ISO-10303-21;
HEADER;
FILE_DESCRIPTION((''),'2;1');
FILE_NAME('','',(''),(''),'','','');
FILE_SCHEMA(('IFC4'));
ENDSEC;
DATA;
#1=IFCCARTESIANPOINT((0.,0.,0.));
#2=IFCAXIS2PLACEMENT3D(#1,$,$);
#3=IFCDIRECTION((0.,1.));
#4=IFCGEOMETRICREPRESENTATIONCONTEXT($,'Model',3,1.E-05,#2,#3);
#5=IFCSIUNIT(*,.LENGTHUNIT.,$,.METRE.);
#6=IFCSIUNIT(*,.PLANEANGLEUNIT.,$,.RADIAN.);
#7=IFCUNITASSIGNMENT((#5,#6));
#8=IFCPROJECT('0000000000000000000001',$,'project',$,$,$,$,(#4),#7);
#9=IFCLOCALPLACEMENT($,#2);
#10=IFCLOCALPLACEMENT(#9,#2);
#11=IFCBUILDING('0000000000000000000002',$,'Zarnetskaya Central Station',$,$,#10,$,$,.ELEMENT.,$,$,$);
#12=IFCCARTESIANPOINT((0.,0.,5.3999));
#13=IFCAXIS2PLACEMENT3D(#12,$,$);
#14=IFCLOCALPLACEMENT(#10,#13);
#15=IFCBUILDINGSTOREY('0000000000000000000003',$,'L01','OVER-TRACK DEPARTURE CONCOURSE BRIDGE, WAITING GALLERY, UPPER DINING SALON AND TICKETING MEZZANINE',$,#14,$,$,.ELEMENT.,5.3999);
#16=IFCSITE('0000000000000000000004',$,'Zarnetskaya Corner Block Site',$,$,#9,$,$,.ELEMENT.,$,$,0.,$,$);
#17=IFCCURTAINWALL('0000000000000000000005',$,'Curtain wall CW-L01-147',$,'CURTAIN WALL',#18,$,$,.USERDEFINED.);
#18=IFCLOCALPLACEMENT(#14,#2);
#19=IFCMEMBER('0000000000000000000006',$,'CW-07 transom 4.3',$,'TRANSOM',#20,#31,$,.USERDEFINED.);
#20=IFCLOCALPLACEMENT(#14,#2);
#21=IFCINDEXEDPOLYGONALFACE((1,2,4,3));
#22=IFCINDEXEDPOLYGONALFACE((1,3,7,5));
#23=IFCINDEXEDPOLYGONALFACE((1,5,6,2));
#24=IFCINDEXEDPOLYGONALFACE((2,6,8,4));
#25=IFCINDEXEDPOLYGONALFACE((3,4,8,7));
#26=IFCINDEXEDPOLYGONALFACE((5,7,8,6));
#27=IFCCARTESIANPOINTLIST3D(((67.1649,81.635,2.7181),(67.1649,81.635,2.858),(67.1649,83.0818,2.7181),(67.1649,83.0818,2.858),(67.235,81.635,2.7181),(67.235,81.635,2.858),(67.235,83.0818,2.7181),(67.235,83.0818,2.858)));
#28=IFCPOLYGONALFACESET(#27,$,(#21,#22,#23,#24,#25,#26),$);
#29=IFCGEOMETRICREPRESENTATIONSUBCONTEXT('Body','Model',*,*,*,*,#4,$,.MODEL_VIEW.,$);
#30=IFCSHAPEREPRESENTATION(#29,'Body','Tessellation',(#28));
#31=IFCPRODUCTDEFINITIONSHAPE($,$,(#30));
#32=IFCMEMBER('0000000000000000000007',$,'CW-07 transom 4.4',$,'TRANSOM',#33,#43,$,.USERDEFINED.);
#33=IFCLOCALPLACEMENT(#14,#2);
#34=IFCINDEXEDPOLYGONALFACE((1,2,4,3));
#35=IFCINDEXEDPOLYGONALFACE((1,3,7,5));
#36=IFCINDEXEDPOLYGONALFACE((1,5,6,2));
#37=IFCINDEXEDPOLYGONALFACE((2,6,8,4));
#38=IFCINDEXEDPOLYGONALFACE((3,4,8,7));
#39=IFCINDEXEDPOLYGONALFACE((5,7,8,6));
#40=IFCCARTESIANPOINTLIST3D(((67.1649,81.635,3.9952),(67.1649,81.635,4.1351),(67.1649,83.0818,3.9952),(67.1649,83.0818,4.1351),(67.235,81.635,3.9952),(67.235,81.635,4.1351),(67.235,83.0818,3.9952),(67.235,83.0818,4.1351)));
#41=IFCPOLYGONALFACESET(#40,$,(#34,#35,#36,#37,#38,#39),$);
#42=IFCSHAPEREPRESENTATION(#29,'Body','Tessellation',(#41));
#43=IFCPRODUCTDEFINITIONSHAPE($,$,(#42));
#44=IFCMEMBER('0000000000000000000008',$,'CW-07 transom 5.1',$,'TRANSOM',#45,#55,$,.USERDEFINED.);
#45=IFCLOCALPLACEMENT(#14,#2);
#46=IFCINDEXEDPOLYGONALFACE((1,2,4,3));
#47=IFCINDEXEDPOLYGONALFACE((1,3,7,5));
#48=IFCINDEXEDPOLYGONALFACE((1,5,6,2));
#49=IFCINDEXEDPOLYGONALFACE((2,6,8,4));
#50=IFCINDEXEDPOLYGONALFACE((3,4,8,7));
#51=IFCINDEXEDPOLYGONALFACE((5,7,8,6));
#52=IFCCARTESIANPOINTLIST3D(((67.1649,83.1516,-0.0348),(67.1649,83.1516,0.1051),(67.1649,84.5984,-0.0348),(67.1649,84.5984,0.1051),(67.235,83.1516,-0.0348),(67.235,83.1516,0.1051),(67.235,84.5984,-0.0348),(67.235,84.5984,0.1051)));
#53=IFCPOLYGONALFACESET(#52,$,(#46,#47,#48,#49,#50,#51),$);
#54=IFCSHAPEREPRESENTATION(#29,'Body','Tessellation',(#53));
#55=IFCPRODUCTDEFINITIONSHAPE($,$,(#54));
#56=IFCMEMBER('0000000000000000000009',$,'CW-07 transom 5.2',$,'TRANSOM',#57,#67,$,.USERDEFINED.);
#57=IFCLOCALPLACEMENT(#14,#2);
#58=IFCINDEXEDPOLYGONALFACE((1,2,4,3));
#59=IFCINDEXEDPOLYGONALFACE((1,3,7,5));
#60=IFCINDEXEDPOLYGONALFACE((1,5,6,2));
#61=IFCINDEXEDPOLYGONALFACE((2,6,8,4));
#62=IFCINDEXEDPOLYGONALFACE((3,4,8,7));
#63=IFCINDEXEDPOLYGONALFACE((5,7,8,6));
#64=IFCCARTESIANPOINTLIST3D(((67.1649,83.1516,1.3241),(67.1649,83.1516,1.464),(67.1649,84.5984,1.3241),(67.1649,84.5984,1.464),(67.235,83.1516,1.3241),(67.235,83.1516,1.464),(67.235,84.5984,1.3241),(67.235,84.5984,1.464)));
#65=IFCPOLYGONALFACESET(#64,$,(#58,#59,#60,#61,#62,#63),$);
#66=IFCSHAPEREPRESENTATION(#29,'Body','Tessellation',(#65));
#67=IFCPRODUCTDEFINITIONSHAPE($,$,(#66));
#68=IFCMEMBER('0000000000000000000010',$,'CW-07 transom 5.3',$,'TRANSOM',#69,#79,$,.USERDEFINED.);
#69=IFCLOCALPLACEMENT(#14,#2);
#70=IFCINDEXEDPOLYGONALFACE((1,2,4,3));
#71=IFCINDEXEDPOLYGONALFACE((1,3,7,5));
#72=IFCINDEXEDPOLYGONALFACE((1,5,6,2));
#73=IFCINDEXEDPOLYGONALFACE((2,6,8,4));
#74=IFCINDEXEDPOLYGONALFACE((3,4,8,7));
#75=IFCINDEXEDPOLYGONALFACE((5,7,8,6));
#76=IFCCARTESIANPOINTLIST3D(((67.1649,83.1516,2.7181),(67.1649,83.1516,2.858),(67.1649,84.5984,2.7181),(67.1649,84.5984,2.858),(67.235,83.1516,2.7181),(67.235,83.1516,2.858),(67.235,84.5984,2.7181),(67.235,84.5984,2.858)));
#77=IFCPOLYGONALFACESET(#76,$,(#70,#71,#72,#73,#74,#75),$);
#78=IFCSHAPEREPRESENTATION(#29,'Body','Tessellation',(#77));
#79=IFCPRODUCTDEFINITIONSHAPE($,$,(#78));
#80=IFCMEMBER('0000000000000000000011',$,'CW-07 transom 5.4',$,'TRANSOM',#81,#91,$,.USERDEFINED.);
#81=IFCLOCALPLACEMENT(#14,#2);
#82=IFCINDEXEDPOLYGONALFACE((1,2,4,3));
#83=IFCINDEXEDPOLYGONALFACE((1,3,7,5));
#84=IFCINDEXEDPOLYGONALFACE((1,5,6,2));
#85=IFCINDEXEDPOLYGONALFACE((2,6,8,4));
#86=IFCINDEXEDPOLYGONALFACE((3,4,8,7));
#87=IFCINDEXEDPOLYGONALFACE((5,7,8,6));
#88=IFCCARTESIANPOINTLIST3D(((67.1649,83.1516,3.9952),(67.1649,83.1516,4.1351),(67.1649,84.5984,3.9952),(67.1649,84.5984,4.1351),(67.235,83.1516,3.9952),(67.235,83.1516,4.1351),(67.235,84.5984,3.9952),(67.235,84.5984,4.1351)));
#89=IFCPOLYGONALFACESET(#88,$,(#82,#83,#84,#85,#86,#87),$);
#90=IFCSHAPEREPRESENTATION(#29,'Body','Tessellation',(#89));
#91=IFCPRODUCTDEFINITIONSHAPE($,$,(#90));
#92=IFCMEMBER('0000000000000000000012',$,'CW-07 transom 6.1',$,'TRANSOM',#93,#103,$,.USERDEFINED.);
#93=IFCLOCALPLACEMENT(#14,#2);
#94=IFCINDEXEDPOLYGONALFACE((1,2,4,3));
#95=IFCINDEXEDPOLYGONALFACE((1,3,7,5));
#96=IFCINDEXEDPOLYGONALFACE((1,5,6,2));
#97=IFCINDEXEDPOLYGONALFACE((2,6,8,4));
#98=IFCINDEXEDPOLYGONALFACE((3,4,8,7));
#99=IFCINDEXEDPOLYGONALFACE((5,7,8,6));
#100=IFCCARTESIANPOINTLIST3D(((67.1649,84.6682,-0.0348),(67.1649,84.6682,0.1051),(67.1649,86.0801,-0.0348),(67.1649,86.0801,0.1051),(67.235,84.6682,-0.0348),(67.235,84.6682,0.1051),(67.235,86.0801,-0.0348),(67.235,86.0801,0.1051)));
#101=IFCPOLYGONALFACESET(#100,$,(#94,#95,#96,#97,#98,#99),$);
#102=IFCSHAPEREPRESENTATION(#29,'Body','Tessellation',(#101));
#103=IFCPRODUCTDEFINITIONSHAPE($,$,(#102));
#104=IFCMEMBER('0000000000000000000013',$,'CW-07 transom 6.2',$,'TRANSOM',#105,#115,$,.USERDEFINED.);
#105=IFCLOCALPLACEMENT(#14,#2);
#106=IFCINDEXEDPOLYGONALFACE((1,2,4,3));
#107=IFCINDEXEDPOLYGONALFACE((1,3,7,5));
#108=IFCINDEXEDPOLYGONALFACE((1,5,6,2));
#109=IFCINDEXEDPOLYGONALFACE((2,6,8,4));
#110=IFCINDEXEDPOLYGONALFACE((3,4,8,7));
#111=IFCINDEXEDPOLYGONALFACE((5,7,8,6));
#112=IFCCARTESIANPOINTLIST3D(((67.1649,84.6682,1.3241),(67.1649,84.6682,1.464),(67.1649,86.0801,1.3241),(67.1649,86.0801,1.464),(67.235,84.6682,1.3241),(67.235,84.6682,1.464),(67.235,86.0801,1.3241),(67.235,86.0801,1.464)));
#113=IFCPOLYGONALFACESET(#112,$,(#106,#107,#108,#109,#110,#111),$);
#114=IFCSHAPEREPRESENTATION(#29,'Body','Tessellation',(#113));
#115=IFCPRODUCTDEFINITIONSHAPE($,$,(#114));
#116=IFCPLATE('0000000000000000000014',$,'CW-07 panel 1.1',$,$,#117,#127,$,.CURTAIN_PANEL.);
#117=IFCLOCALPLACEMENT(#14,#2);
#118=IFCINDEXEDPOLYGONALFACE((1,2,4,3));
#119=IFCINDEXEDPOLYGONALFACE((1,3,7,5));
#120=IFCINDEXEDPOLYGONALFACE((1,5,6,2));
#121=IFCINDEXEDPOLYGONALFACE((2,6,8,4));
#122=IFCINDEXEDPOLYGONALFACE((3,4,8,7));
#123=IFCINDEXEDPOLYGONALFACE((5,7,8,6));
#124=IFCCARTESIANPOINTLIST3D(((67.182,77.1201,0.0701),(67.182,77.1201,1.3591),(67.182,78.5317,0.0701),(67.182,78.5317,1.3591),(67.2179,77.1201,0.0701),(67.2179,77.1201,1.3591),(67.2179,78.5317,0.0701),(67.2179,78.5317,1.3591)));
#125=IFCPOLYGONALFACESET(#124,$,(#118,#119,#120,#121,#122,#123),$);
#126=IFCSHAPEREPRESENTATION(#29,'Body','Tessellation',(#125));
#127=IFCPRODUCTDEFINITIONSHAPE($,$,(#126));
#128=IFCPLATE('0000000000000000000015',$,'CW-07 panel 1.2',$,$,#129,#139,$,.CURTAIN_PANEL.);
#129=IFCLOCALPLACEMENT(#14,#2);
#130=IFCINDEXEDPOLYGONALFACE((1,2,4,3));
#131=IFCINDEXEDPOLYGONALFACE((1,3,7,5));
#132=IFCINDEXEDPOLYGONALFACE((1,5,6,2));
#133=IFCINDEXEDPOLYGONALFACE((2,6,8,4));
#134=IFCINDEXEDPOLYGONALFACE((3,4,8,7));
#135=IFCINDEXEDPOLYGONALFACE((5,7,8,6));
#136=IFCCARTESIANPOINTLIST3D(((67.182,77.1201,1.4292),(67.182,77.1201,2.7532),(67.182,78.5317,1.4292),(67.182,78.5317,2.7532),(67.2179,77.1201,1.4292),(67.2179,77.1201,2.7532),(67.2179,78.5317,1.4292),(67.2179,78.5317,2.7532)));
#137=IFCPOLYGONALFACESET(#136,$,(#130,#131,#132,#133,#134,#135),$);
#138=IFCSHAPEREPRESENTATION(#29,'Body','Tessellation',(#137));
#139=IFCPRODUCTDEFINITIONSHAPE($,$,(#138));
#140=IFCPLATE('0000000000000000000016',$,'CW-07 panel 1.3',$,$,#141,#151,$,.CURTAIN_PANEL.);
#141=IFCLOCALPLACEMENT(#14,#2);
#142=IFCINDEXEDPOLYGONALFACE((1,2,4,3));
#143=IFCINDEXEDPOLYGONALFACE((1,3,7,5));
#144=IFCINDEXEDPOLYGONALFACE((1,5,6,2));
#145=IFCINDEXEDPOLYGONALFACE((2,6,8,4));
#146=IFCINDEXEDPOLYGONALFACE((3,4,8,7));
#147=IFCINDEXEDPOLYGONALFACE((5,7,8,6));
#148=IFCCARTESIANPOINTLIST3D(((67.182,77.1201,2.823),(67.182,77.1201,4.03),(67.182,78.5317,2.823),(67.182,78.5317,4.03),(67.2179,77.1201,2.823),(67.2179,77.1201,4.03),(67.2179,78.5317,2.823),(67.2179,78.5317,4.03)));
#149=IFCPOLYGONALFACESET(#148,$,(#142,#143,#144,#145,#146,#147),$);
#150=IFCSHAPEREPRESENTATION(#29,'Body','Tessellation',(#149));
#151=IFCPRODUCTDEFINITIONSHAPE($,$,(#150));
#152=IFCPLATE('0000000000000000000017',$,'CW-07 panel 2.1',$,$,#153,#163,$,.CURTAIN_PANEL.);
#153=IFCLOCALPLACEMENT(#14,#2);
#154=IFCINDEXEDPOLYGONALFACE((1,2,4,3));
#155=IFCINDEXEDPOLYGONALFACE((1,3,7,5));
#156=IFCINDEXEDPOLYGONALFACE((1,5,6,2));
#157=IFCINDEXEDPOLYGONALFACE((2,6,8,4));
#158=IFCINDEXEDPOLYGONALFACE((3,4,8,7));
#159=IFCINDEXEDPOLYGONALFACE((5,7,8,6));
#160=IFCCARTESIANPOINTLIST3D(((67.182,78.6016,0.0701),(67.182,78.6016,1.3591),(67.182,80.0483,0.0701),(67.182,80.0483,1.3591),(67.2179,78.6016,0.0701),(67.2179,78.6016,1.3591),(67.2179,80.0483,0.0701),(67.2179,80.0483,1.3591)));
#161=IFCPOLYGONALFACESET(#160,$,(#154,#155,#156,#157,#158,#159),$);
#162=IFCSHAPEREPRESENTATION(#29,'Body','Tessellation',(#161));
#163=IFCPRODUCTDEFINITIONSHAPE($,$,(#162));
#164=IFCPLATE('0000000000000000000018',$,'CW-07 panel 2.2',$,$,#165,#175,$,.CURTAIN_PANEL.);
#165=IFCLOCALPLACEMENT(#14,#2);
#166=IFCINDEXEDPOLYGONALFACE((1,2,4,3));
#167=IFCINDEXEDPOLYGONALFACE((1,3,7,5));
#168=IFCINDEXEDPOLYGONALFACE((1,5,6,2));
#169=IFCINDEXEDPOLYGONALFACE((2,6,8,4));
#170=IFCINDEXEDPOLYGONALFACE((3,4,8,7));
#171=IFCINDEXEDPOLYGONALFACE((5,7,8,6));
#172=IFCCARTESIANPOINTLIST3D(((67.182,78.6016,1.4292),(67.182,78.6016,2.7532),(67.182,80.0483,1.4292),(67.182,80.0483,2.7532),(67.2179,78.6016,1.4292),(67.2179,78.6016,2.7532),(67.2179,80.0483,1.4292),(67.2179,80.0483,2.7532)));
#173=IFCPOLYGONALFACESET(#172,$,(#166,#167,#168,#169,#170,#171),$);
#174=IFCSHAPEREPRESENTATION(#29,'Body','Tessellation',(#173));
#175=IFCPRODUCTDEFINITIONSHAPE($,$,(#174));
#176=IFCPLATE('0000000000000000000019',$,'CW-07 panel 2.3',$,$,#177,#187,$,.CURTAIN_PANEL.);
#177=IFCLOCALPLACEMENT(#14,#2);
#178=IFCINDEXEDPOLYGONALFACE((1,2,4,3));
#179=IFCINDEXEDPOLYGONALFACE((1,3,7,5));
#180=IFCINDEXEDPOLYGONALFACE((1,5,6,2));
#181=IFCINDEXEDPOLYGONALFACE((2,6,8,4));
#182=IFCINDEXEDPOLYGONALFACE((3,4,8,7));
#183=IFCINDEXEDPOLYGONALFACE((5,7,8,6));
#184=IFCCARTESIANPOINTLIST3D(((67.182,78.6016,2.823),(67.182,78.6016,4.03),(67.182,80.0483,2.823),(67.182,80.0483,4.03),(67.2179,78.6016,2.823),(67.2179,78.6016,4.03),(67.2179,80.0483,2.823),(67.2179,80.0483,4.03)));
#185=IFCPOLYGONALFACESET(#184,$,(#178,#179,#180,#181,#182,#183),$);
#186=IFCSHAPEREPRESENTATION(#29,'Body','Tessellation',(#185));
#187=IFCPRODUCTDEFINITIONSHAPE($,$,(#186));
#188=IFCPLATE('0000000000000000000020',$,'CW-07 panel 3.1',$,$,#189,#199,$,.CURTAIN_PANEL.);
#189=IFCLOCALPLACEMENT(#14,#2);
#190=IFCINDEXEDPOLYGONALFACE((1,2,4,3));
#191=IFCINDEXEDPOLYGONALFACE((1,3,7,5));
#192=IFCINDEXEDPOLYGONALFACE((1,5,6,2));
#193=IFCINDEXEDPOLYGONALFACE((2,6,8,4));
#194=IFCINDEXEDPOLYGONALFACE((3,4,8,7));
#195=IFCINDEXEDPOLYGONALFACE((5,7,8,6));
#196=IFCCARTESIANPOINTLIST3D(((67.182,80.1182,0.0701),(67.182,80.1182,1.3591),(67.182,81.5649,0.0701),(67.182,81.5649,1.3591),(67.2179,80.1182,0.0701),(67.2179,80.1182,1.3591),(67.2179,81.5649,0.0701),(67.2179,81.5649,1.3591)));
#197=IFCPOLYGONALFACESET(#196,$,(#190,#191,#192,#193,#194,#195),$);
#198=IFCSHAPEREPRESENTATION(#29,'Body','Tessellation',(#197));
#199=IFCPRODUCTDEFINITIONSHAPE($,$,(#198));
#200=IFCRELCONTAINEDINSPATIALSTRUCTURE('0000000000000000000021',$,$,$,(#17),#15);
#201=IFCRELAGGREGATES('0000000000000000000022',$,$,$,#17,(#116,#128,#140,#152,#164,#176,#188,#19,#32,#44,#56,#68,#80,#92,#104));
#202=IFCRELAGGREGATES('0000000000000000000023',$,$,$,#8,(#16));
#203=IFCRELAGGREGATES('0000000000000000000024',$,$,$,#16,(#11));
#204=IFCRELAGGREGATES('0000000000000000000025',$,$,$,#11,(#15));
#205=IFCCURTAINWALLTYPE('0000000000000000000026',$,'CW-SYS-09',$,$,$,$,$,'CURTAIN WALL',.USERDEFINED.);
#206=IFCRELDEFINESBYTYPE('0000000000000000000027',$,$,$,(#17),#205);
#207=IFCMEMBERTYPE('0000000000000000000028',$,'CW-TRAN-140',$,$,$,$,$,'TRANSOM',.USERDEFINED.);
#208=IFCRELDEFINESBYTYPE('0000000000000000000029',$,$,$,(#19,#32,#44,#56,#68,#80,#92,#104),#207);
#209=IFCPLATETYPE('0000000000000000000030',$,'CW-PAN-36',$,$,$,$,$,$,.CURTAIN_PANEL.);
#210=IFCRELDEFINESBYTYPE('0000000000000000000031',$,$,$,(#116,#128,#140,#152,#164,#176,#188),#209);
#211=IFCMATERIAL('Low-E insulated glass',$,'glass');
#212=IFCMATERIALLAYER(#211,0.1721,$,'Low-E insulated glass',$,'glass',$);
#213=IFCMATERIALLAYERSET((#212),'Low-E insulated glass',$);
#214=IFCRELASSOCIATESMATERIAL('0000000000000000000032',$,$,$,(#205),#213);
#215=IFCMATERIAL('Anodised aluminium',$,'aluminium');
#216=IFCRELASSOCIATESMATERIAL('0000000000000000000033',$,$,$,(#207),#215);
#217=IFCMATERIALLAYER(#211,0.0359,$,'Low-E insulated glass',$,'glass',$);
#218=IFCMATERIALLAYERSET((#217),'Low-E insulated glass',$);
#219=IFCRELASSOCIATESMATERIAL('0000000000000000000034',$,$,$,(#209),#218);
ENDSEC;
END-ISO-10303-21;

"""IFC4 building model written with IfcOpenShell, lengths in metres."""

from ifc_helpers import new_model, si_unit, direction, frame, origin, origin_2d, place, context, subcontext, project, spatial, rectangle, extrude, material, layer, layer_set, material_profile, profile_set, type_object, element, aggregate, save


model = new_model("IFC4")

# Units and contexts
model_context = context("Model", 3, precision=1e-05, world=origin(), true_north=direction((0.0, 1.0)))
body_context = subcontext(model_context, "Body", "Model", "MODEL_VIEW")
ifc_project = project(units=[si_unit("LENGTHUNIT", "METRE"), si_unit("PLANEANGLEUNIT", "RADIAN")], contexts=[model_context])

# Site, building, storey
site_placement = place(None, origin())
site = spatial("IfcSite", under=ifc_project, at=site_placement, Name="Zarnetskaya Corner Block Site", CompositionType="ELEMENT", RefElevation=0.0)
building_placement = place(site_placement, origin())
building = spatial("IfcBuilding", under=site, at=building_placement, Name="Zarnetskaya Central Station", CompositionType="ELEMENT")
storey_placement = place(building_placement, frame((0.0, 0.0, 5.3999)))
storey = spatial("IfcBuildingStorey", under=building, at=storey_placement, Name="L01", Description="OVER-TRACK DEPARTURE CONCOURSE BRIDGE, WAITING GALLERY, UPPER DINING SALON AND TICKETING MEZZANINE", CompositionType="ELEMENT", Elevation=5.3999)

# Curtain wall, members, plates
ifc_material_1 = material(Name="Low-E insulated glass", Category="glass")
ifc_layer_1 = layer(ifc_material_1, 0.1721, Name="Low-E insulated glass", Category="glass")
ifc_layer_set_1 = layer_set([ifc_layer_1], Name="Low-E insulated glass")
curtain_wall_type = type_object("IfcCurtainWallType", Name="CW-SYS-09", ElementType="CURTAIN WALL", PredefinedType="USERDEFINED", material=ifc_layer_set_1)
curtain_wall_placement = place(storey_placement, origin())
curtain_wall = element("IfcCurtainWall", 1, at=curtain_wall_placement, inside=storey, type_object=curtain_wall_type, Name="Curtain wall CW-L01-147", ObjectType="CURTAIN WALL", PredefinedType="USERDEFINED")
ifc_material_2 = material(Name="Anodised aluminium", Category="aluminium")
ifc_material_profile_1 = material_profile(ifc_material_2, rectangle(XDim=0.0701, YDim=0.1399, at=origin_2d()), Name="ALU TRAN 70x140")
ifc_profile_set_1 = profile_set([ifc_material_profile_1], Name="Anodised aluminium")
member_type_1 = type_object("IfcMemberType", Name="CW-TRAN-140", ElementType="TRANSOM", PredefinedType="USERDEFINED", material=ifc_profile_set_1)
member_1_placement = place(storey_placement, frame((67.2, 81.635, 2.7881), z_axis=(0.0, 1.0, 0.0), x_axis=(-1.0, 0.0, 0.0)))
member_1 = element("IfcMember", 2, at=member_1_placement, type_object=member_type_1, Name="CW-07 transom 4.3", ObjectType="TRANSOM", PredefinedType="USERDEFINED", context=body_context, shape_type="SweptSolid", body=[
    extrude(rectangle(XDim=0.0701, YDim=0.1399, at=origin_2d()), origin(), (0.0, 0.0, 1.0), 1.4468),
])
member_2_placement = place(storey_placement, frame((67.2, 81.635, 4.0652), z_axis=(0.0, 1.0, 0.0), x_axis=(-1.0, 0.0, 0.0)))
member_2 = element("IfcMember", 3, at=member_2_placement, type_object=member_type_1, Name="CW-07 transom 4.4", ObjectType="TRANSOM", PredefinedType="USERDEFINED", context=body_context, shape_type="SweptSolid", body=[
    extrude(rectangle(XDim=0.0701, YDim=0.1399, at=origin_2d()), origin(), (0.0, 0.0, 1.0), 1.4468),
])
member_3_placement = place(storey_placement, frame((67.2, 83.1516, 0.0352), z_axis=(0.0, 1.0, 0.0), x_axis=(-1.0, 0.0, 0.0)))
member_3 = element("IfcMember", 4, at=member_3_placement, type_object=member_type_1, Name="CW-07 transom 5.1", ObjectType="TRANSOM", PredefinedType="USERDEFINED", context=body_context, shape_type="SweptSolid", body=[
    extrude(rectangle(XDim=0.0701, YDim=0.1399, at=origin_2d()), origin(), (0.0, 0.0, 1.0), 1.4468),
])
member_4_placement = place(storey_placement, frame((67.2, 83.1516, 1.394), z_axis=(0.0, 1.0, 0.0), x_axis=(-1.0, 0.0, 0.0)))
member_4 = element("IfcMember", 5, at=member_4_placement, type_object=member_type_1, Name="CW-07 transom 5.2", ObjectType="TRANSOM", PredefinedType="USERDEFINED", context=body_context, shape_type="SweptSolid", body=[
    extrude(rectangle(XDim=0.0701, YDim=0.1399, at=origin_2d()), origin(), (0.0, 0.0, 1.0), 1.4468),
])
member_5_placement = place(storey_placement, frame((67.2, 83.1516, 2.7881), z_axis=(0.0, 1.0, 0.0), x_axis=(-1.0, 0.0, 0.0)))
member_5 = element("IfcMember", 6, at=member_5_placement, type_object=member_type_1, Name="CW-07 transom 5.3", ObjectType="TRANSOM", PredefinedType="USERDEFINED", context=body_context, shape_type="SweptSolid", body=[
    extrude(rectangle(XDim=0.0701, YDim=0.1399, at=origin_2d()), origin(), (0.0, 0.0, 1.0), 1.4468),
])
member_6_placement = place(storey_placement, frame((67.2, 83.1516, 4.0652), z_axis=(0.0, 1.0, 0.0), x_axis=(-1.0, 0.0, 0.0)))
member_6 = element("IfcMember", 7, at=member_6_placement, type_object=member_type_1, Name="CW-07 transom 5.4", ObjectType="TRANSOM", PredefinedType="USERDEFINED", context=body_context, shape_type="SweptSolid", body=[
    extrude(rectangle(XDim=0.0701, YDim=0.1399, at=origin_2d()), origin(), (0.0, 0.0, 1.0), 1.4468),
])
member_7_placement = place(storey_placement, frame((67.2, 84.6682, 0.0352), z_axis=(0.0, 1.0, 0.0), x_axis=(-1.0, 0.0, 0.0)))
member_7 = element("IfcMember", 8, at=member_7_placement, type_object=member_type_1, Name="CW-07 transom 6.1", ObjectType="TRANSOM", PredefinedType="USERDEFINED", context=body_context, shape_type="SweptSolid", body=[
    extrude(rectangle(XDim=0.0701, YDim=0.1399, at=origin_2d()), origin(), (0.0, 0.0, 1.0), 1.4119),
])
member_8_placement = place(storey_placement, frame((67.2, 84.6682, 1.394), z_axis=(0.0, 1.0, 0.0), x_axis=(-1.0, 0.0, 0.0)))
member_8 = element("IfcMember", 9, at=member_8_placement, type_object=member_type_1, Name="CW-07 transom 6.2", ObjectType="TRANSOM", PredefinedType="USERDEFINED", context=body_context, shape_type="SweptSolid", body=[
    extrude(rectangle(XDim=0.0701, YDim=0.1399, at=origin_2d()), origin(), (0.0, 0.0, 1.0), 1.4119),
])
ifc_layer_2 = layer(ifc_material_1, 0.0359, Name="Low-E insulated glass", Category="glass")
ifc_layer_set_2 = layer_set([ifc_layer_2], Name="Low-E insulated glass")
plate_type = type_object("IfcPlateType", Name="CW-PAN-36", PredefinedType="CURTAIN_PANEL", material=ifc_layer_set_2)
plate_1_placement = place(storey_placement, frame((67.2, 77.8259, 0.0701), z_axis=(0.0, 0.0, 1.0), x_axis=(0.0, 1.0, 0.0)))
plate_1 = element("IfcPlate", 10, at=plate_1_placement, type_object=plate_type, Name="CW-07 panel 1.1", PredefinedType="CURTAIN_PANEL", context=body_context, shape_type="SweptSolid", body=[
    extrude(rectangle(XDim=1.4116, YDim=0.0359, at=origin_2d()), origin(), (0.0, 0.0, 1.0), 1.2891),
])
plate_2_placement = place(storey_placement, frame((67.2, 77.8259, 1.4292), z_axis=(0.0, 0.0, 1.0), x_axis=(0.0, 1.0, 0.0)))
plate_2 = element("IfcPlate", 11, at=plate_2_placement, type_object=plate_type, Name="CW-07 panel 1.2", PredefinedType="CURTAIN_PANEL", context=body_context, shape_type="SweptSolid", body=[
    extrude(rectangle(XDim=1.4116, YDim=0.0359, at=origin_2d()), origin(), (0.0, 0.0, 1.0), 1.324),
])
plate_3_placement = place(storey_placement, frame((67.2, 77.8259, 2.823), z_axis=(0.0, 0.0, 1.0), x_axis=(0.0, 1.0, 0.0)))
plate_3 = element("IfcPlate", 12, at=plate_3_placement, type_object=plate_type, Name="CW-07 panel 1.3", PredefinedType="CURTAIN_PANEL", context=body_context, shape_type="SweptSolid", body=[
    extrude(rectangle(XDim=1.4116, YDim=0.0359, at=origin_2d()), origin(), (0.0, 0.0, 1.0), 1.207),
])
plate_4_placement = place(storey_placement, frame((67.2, 79.325, 0.0701), z_axis=(0.0, 0.0, 1.0), x_axis=(0.0, 1.0, 0.0)))
plate_4 = element("IfcPlate", 13, at=plate_4_placement, type_object=plate_type, Name="CW-07 panel 2.1", PredefinedType="CURTAIN_PANEL", context=body_context, shape_type="SweptSolid", body=[
    extrude(rectangle(XDim=1.4468, YDim=0.0359, at=origin_2d()), origin(), (0.0, 0.0, 1.0), 1.2891),
])
plate_5_placement = place(storey_placement, frame((67.2, 79.325, 1.4292), z_axis=(0.0, 0.0, 1.0), x_axis=(0.0, 1.0, 0.0)))
plate_5 = element("IfcPlate", 14, at=plate_5_placement, type_object=plate_type, Name="CW-07 panel 2.2", PredefinedType="CURTAIN_PANEL", context=body_context, shape_type="SweptSolid", body=[
    extrude(rectangle(XDim=1.4468, YDim=0.0359, at=origin_2d()), origin(), (0.0, 0.0, 1.0), 1.324),
])
plate_6_placement = place(storey_placement, frame((67.2, 79.325, 2.823), z_axis=(0.0, 0.0, 1.0), x_axis=(0.0, 1.0, 0.0)))
plate_6 = element("IfcPlate", 15, at=plate_6_placement, type_object=plate_type, Name="CW-07 panel 2.3", PredefinedType="CURTAIN_PANEL", context=body_context, shape_type="SweptSolid", body=[
    extrude(rectangle(XDim=1.4468, YDim=0.0359, at=origin_2d()), origin(), (0.0, 0.0, 1.0), 1.207),
])
plate_7_placement = place(storey_placement, frame((67.2, 80.8416, 0.0701), z_axis=(0.0, 0.0, 1.0), x_axis=(0.0, 1.0, 0.0)))
plate_7 = element("IfcPlate", 16, at=plate_7_placement, type_object=plate_type, Name="CW-07 panel 3.1", PredefinedType="CURTAIN_PANEL", context=body_context, shape_type="SweptSolid", body=[
    extrude(rectangle(XDim=1.4468, YDim=0.0359, at=origin_2d()), origin(), (0.0, 0.0, 1.0), 1.2891),
])
aggregate(curtain_wall, [plate_1, plate_2, plate_3, plate_4, plate_5, plate_6, plate_7, member_1, member_2, member_3, member_4, member_5, member_6, member_7, member_8])

save(model, "model.ifc")
